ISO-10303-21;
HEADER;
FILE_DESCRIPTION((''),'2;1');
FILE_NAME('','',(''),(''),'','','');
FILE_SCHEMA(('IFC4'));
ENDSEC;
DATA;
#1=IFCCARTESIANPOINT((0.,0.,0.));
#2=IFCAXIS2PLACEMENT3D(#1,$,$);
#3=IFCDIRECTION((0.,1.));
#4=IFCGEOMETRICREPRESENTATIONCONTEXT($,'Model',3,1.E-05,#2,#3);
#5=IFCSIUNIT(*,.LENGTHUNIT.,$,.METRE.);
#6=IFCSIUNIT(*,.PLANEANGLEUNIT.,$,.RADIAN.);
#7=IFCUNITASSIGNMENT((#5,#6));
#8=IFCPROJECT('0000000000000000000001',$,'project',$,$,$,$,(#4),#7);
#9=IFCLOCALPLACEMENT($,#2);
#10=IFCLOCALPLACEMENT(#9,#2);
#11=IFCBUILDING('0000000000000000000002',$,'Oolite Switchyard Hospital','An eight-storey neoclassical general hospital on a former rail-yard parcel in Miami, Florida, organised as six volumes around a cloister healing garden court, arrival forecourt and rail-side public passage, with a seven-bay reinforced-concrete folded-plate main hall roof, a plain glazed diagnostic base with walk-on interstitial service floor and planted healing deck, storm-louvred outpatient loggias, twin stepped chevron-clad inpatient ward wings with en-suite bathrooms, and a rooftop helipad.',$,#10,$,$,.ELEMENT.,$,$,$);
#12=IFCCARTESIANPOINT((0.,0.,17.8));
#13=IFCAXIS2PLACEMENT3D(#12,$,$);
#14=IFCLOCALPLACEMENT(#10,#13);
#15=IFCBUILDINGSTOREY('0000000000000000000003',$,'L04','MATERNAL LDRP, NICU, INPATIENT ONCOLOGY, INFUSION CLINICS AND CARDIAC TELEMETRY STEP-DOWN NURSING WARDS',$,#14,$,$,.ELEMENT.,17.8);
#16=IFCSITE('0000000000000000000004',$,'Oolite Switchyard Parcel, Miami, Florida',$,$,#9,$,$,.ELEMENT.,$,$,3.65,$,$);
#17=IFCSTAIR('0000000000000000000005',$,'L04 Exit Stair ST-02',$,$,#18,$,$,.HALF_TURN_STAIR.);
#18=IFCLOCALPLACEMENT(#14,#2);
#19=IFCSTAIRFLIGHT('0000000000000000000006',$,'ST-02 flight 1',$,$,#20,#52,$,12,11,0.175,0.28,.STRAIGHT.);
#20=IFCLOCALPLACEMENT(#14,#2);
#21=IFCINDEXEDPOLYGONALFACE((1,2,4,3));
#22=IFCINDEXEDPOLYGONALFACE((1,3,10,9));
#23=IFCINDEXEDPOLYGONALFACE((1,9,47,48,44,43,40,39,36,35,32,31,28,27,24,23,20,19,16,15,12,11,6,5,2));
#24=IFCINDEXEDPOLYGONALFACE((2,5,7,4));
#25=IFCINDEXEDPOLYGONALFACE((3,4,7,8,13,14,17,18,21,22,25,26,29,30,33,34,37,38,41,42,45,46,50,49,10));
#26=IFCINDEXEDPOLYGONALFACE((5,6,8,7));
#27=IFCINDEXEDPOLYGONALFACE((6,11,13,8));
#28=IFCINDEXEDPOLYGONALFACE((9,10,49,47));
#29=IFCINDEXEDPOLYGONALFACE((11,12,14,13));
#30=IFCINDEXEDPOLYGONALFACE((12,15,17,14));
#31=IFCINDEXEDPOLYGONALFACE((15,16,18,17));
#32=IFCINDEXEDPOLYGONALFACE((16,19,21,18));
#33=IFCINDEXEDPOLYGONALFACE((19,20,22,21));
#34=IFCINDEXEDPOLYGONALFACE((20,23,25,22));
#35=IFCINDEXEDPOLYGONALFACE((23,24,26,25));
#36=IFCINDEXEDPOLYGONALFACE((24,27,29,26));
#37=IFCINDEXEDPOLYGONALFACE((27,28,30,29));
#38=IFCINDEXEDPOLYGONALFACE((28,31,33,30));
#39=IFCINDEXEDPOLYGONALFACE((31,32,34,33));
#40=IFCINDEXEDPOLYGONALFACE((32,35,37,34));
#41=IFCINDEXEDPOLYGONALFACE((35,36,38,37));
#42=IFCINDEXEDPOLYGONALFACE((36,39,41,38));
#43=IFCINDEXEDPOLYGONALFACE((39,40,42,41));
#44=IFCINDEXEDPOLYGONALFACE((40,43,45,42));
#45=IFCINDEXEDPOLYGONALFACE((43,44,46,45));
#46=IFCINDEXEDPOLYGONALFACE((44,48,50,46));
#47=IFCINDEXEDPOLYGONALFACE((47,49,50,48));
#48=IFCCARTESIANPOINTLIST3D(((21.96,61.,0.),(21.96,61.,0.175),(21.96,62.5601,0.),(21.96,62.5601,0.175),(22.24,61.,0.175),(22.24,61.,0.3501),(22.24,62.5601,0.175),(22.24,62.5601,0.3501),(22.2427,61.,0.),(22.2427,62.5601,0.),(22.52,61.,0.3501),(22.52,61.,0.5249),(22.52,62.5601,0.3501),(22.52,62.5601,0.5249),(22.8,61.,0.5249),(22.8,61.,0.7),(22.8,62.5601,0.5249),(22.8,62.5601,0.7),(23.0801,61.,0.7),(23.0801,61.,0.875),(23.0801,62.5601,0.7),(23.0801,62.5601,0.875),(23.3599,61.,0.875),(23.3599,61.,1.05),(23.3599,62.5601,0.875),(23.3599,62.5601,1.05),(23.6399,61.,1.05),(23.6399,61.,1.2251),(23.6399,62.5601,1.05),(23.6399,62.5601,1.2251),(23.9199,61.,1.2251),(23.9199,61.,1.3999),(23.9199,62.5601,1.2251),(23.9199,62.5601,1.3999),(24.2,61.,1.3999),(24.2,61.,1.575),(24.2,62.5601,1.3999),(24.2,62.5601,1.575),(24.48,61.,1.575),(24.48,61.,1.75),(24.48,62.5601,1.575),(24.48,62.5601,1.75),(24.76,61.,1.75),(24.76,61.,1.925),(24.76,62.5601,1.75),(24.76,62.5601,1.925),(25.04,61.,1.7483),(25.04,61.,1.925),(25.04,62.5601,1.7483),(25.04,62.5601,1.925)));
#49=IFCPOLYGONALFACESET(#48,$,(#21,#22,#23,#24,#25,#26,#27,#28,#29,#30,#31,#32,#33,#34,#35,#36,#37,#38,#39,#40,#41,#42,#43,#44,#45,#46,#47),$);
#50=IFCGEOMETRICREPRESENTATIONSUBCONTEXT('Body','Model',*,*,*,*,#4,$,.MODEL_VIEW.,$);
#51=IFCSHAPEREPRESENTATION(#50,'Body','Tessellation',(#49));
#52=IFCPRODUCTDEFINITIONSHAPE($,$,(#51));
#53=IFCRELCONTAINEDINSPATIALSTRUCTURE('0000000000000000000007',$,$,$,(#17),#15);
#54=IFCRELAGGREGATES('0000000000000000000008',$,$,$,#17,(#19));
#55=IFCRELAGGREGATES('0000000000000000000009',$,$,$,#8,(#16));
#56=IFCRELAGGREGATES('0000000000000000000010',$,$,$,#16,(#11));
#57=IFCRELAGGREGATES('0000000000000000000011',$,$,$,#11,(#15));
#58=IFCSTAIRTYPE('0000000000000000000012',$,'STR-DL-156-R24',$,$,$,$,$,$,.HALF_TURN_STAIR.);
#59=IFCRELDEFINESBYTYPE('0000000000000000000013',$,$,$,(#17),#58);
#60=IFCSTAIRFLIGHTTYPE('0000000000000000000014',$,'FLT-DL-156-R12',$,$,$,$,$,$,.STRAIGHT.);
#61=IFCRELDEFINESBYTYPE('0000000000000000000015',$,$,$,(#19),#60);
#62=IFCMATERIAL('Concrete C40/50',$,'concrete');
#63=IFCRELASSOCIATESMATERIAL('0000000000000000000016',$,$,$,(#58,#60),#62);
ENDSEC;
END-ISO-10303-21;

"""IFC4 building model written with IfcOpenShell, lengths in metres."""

from ifc_helpers import new_model, si_unit, direction, frame, origin, place, context, subcontext, project, spatial, polyline, outline, extrude, material, type_object, element, aggregate, save


model = new_model("IFC4")

# Units and contexts
model_context = context("Model", 3, precision=1e-05, world=origin(), true_north=direction((0.0, 1.0)))
body_context = subcontext(model_context, "Body", "Model", "MODEL_VIEW")
ifc_project = project(units=[si_unit("LENGTHUNIT", "METRE"), si_unit("PLANEANGLEUNIT", "RADIAN")], contexts=[model_context])

# Site, building, storey
site_placement = place(None, origin())
site = spatial("IfcSite", under=ifc_project, at=site_placement, Name="Oolite Switchyard Parcel, Miami, Florida", CompositionType="ELEMENT", RefElevation=3.65)
building_placement = place(site_placement, origin())
building = spatial("IfcBuilding", under=site, at=building_placement, Name="Oolite Switchyard Hospital", Description="An eight-storey neoclassical general hospital on a former rail-yard parcel in Miami, Florida, organised as six volumes around a cloister healing garden court, arrival forecourt and rail-side public passage, with a seven-bay reinforced-concrete folded-plate main hall roof, a plain glazed diagnostic base with walk-on interstitial service floor and planted healing deck, storm-louvred outpatient loggias, twin stepped chevron-clad inpatient ward wings with en-suite bathrooms, and a rooftop helipad.", CompositionType="ELEMENT")
storey_placement = place(building_placement, frame((0.0, 0.0, 17.8)))
storey = spatial("IfcBuildingStorey", under=building, at=storey_placement, Name="L04", Description="MATERNAL LDRP, NICU, INPATIENT ONCOLOGY, INFUSION CLINICS AND CARDIAC TELEMETRY STEP-DOWN NURSING WARDS", CompositionType="ELEMENT", Elevation=17.8)

# Shared definitions
ifc_material_1 = material(Name="Concrete C40/50", Category="concrete")

# Stair, stair flight
stair_type = type_object("IfcStairType", Name="STR-DL-156-R24", PredefinedType="HALF_TURN_STAIR", material=ifc_material_1)
stair_placement = place(storey_placement, origin())
stair = element("IfcStair", 1, at=stair_placement, inside=storey, type_object=stair_type, Name="L04 Exit Stair ST-02", PredefinedType="HALF_TURN_STAIR")
stair_flight_type = type_object("IfcStairFlightType", Name="FLT-DL-156-R12", PredefinedType="STRAIGHT", material=ifc_material_1)
stair_flight_placement = place(storey_placement, frame((21.96, 61.78, 0.0), z_axis=(0.0, 0.0, 1.0), x_axis=(1.0, 0.0, 0.0)))
stair_flight = element("IfcStairFlight", 2, at=stair_flight_placement, type_object=stair_flight_type, Name="ST-02 flight 1", NumberOfRisers=12, NumberOfTreads=11, PredefinedType="STRAIGHT", RiserHeight=0.175, TreadLength=0.28, context=body_context, shape_type="SweptSolid", body=[
    extrude(outline(polyline([(0.0, 0.0), (0.0, 0.175), (0.28, 0.175), (0.28, 0.3501), (0.5601, 0.3501), (0.5601, 0.5249), (0.8401, 0.5249), (0.8401, 0.7), (1.1201, 0.7), (1.1201, 0.875), (1.3999, 0.875), (1.3999, 1.05), (1.6799, 1.05), (1.6799, 1.2251), (1.96, 1.2251), (1.96, 1.3999), (2.24, 1.3999), (2.24, 1.575), (2.52, 1.575), (2.52, 1.75), (2.8, 1.75), (2.8, 1.925), (3.0801, 1.925), (3.0801, 2.1001), (3.0801, 1.7483), (0.2827, 0.0), (0.0, 0.0)])), frame((0.0, 0.78, 0.0), z_axis=(0.0, -1.0, 0.0), x_axis=(1.0, 0.0, 0.0)), (0.0, 0.0, 1.0), 1.5601),
])
aggregate(stair, [stair_flight])

save(model, "model.ifc")
